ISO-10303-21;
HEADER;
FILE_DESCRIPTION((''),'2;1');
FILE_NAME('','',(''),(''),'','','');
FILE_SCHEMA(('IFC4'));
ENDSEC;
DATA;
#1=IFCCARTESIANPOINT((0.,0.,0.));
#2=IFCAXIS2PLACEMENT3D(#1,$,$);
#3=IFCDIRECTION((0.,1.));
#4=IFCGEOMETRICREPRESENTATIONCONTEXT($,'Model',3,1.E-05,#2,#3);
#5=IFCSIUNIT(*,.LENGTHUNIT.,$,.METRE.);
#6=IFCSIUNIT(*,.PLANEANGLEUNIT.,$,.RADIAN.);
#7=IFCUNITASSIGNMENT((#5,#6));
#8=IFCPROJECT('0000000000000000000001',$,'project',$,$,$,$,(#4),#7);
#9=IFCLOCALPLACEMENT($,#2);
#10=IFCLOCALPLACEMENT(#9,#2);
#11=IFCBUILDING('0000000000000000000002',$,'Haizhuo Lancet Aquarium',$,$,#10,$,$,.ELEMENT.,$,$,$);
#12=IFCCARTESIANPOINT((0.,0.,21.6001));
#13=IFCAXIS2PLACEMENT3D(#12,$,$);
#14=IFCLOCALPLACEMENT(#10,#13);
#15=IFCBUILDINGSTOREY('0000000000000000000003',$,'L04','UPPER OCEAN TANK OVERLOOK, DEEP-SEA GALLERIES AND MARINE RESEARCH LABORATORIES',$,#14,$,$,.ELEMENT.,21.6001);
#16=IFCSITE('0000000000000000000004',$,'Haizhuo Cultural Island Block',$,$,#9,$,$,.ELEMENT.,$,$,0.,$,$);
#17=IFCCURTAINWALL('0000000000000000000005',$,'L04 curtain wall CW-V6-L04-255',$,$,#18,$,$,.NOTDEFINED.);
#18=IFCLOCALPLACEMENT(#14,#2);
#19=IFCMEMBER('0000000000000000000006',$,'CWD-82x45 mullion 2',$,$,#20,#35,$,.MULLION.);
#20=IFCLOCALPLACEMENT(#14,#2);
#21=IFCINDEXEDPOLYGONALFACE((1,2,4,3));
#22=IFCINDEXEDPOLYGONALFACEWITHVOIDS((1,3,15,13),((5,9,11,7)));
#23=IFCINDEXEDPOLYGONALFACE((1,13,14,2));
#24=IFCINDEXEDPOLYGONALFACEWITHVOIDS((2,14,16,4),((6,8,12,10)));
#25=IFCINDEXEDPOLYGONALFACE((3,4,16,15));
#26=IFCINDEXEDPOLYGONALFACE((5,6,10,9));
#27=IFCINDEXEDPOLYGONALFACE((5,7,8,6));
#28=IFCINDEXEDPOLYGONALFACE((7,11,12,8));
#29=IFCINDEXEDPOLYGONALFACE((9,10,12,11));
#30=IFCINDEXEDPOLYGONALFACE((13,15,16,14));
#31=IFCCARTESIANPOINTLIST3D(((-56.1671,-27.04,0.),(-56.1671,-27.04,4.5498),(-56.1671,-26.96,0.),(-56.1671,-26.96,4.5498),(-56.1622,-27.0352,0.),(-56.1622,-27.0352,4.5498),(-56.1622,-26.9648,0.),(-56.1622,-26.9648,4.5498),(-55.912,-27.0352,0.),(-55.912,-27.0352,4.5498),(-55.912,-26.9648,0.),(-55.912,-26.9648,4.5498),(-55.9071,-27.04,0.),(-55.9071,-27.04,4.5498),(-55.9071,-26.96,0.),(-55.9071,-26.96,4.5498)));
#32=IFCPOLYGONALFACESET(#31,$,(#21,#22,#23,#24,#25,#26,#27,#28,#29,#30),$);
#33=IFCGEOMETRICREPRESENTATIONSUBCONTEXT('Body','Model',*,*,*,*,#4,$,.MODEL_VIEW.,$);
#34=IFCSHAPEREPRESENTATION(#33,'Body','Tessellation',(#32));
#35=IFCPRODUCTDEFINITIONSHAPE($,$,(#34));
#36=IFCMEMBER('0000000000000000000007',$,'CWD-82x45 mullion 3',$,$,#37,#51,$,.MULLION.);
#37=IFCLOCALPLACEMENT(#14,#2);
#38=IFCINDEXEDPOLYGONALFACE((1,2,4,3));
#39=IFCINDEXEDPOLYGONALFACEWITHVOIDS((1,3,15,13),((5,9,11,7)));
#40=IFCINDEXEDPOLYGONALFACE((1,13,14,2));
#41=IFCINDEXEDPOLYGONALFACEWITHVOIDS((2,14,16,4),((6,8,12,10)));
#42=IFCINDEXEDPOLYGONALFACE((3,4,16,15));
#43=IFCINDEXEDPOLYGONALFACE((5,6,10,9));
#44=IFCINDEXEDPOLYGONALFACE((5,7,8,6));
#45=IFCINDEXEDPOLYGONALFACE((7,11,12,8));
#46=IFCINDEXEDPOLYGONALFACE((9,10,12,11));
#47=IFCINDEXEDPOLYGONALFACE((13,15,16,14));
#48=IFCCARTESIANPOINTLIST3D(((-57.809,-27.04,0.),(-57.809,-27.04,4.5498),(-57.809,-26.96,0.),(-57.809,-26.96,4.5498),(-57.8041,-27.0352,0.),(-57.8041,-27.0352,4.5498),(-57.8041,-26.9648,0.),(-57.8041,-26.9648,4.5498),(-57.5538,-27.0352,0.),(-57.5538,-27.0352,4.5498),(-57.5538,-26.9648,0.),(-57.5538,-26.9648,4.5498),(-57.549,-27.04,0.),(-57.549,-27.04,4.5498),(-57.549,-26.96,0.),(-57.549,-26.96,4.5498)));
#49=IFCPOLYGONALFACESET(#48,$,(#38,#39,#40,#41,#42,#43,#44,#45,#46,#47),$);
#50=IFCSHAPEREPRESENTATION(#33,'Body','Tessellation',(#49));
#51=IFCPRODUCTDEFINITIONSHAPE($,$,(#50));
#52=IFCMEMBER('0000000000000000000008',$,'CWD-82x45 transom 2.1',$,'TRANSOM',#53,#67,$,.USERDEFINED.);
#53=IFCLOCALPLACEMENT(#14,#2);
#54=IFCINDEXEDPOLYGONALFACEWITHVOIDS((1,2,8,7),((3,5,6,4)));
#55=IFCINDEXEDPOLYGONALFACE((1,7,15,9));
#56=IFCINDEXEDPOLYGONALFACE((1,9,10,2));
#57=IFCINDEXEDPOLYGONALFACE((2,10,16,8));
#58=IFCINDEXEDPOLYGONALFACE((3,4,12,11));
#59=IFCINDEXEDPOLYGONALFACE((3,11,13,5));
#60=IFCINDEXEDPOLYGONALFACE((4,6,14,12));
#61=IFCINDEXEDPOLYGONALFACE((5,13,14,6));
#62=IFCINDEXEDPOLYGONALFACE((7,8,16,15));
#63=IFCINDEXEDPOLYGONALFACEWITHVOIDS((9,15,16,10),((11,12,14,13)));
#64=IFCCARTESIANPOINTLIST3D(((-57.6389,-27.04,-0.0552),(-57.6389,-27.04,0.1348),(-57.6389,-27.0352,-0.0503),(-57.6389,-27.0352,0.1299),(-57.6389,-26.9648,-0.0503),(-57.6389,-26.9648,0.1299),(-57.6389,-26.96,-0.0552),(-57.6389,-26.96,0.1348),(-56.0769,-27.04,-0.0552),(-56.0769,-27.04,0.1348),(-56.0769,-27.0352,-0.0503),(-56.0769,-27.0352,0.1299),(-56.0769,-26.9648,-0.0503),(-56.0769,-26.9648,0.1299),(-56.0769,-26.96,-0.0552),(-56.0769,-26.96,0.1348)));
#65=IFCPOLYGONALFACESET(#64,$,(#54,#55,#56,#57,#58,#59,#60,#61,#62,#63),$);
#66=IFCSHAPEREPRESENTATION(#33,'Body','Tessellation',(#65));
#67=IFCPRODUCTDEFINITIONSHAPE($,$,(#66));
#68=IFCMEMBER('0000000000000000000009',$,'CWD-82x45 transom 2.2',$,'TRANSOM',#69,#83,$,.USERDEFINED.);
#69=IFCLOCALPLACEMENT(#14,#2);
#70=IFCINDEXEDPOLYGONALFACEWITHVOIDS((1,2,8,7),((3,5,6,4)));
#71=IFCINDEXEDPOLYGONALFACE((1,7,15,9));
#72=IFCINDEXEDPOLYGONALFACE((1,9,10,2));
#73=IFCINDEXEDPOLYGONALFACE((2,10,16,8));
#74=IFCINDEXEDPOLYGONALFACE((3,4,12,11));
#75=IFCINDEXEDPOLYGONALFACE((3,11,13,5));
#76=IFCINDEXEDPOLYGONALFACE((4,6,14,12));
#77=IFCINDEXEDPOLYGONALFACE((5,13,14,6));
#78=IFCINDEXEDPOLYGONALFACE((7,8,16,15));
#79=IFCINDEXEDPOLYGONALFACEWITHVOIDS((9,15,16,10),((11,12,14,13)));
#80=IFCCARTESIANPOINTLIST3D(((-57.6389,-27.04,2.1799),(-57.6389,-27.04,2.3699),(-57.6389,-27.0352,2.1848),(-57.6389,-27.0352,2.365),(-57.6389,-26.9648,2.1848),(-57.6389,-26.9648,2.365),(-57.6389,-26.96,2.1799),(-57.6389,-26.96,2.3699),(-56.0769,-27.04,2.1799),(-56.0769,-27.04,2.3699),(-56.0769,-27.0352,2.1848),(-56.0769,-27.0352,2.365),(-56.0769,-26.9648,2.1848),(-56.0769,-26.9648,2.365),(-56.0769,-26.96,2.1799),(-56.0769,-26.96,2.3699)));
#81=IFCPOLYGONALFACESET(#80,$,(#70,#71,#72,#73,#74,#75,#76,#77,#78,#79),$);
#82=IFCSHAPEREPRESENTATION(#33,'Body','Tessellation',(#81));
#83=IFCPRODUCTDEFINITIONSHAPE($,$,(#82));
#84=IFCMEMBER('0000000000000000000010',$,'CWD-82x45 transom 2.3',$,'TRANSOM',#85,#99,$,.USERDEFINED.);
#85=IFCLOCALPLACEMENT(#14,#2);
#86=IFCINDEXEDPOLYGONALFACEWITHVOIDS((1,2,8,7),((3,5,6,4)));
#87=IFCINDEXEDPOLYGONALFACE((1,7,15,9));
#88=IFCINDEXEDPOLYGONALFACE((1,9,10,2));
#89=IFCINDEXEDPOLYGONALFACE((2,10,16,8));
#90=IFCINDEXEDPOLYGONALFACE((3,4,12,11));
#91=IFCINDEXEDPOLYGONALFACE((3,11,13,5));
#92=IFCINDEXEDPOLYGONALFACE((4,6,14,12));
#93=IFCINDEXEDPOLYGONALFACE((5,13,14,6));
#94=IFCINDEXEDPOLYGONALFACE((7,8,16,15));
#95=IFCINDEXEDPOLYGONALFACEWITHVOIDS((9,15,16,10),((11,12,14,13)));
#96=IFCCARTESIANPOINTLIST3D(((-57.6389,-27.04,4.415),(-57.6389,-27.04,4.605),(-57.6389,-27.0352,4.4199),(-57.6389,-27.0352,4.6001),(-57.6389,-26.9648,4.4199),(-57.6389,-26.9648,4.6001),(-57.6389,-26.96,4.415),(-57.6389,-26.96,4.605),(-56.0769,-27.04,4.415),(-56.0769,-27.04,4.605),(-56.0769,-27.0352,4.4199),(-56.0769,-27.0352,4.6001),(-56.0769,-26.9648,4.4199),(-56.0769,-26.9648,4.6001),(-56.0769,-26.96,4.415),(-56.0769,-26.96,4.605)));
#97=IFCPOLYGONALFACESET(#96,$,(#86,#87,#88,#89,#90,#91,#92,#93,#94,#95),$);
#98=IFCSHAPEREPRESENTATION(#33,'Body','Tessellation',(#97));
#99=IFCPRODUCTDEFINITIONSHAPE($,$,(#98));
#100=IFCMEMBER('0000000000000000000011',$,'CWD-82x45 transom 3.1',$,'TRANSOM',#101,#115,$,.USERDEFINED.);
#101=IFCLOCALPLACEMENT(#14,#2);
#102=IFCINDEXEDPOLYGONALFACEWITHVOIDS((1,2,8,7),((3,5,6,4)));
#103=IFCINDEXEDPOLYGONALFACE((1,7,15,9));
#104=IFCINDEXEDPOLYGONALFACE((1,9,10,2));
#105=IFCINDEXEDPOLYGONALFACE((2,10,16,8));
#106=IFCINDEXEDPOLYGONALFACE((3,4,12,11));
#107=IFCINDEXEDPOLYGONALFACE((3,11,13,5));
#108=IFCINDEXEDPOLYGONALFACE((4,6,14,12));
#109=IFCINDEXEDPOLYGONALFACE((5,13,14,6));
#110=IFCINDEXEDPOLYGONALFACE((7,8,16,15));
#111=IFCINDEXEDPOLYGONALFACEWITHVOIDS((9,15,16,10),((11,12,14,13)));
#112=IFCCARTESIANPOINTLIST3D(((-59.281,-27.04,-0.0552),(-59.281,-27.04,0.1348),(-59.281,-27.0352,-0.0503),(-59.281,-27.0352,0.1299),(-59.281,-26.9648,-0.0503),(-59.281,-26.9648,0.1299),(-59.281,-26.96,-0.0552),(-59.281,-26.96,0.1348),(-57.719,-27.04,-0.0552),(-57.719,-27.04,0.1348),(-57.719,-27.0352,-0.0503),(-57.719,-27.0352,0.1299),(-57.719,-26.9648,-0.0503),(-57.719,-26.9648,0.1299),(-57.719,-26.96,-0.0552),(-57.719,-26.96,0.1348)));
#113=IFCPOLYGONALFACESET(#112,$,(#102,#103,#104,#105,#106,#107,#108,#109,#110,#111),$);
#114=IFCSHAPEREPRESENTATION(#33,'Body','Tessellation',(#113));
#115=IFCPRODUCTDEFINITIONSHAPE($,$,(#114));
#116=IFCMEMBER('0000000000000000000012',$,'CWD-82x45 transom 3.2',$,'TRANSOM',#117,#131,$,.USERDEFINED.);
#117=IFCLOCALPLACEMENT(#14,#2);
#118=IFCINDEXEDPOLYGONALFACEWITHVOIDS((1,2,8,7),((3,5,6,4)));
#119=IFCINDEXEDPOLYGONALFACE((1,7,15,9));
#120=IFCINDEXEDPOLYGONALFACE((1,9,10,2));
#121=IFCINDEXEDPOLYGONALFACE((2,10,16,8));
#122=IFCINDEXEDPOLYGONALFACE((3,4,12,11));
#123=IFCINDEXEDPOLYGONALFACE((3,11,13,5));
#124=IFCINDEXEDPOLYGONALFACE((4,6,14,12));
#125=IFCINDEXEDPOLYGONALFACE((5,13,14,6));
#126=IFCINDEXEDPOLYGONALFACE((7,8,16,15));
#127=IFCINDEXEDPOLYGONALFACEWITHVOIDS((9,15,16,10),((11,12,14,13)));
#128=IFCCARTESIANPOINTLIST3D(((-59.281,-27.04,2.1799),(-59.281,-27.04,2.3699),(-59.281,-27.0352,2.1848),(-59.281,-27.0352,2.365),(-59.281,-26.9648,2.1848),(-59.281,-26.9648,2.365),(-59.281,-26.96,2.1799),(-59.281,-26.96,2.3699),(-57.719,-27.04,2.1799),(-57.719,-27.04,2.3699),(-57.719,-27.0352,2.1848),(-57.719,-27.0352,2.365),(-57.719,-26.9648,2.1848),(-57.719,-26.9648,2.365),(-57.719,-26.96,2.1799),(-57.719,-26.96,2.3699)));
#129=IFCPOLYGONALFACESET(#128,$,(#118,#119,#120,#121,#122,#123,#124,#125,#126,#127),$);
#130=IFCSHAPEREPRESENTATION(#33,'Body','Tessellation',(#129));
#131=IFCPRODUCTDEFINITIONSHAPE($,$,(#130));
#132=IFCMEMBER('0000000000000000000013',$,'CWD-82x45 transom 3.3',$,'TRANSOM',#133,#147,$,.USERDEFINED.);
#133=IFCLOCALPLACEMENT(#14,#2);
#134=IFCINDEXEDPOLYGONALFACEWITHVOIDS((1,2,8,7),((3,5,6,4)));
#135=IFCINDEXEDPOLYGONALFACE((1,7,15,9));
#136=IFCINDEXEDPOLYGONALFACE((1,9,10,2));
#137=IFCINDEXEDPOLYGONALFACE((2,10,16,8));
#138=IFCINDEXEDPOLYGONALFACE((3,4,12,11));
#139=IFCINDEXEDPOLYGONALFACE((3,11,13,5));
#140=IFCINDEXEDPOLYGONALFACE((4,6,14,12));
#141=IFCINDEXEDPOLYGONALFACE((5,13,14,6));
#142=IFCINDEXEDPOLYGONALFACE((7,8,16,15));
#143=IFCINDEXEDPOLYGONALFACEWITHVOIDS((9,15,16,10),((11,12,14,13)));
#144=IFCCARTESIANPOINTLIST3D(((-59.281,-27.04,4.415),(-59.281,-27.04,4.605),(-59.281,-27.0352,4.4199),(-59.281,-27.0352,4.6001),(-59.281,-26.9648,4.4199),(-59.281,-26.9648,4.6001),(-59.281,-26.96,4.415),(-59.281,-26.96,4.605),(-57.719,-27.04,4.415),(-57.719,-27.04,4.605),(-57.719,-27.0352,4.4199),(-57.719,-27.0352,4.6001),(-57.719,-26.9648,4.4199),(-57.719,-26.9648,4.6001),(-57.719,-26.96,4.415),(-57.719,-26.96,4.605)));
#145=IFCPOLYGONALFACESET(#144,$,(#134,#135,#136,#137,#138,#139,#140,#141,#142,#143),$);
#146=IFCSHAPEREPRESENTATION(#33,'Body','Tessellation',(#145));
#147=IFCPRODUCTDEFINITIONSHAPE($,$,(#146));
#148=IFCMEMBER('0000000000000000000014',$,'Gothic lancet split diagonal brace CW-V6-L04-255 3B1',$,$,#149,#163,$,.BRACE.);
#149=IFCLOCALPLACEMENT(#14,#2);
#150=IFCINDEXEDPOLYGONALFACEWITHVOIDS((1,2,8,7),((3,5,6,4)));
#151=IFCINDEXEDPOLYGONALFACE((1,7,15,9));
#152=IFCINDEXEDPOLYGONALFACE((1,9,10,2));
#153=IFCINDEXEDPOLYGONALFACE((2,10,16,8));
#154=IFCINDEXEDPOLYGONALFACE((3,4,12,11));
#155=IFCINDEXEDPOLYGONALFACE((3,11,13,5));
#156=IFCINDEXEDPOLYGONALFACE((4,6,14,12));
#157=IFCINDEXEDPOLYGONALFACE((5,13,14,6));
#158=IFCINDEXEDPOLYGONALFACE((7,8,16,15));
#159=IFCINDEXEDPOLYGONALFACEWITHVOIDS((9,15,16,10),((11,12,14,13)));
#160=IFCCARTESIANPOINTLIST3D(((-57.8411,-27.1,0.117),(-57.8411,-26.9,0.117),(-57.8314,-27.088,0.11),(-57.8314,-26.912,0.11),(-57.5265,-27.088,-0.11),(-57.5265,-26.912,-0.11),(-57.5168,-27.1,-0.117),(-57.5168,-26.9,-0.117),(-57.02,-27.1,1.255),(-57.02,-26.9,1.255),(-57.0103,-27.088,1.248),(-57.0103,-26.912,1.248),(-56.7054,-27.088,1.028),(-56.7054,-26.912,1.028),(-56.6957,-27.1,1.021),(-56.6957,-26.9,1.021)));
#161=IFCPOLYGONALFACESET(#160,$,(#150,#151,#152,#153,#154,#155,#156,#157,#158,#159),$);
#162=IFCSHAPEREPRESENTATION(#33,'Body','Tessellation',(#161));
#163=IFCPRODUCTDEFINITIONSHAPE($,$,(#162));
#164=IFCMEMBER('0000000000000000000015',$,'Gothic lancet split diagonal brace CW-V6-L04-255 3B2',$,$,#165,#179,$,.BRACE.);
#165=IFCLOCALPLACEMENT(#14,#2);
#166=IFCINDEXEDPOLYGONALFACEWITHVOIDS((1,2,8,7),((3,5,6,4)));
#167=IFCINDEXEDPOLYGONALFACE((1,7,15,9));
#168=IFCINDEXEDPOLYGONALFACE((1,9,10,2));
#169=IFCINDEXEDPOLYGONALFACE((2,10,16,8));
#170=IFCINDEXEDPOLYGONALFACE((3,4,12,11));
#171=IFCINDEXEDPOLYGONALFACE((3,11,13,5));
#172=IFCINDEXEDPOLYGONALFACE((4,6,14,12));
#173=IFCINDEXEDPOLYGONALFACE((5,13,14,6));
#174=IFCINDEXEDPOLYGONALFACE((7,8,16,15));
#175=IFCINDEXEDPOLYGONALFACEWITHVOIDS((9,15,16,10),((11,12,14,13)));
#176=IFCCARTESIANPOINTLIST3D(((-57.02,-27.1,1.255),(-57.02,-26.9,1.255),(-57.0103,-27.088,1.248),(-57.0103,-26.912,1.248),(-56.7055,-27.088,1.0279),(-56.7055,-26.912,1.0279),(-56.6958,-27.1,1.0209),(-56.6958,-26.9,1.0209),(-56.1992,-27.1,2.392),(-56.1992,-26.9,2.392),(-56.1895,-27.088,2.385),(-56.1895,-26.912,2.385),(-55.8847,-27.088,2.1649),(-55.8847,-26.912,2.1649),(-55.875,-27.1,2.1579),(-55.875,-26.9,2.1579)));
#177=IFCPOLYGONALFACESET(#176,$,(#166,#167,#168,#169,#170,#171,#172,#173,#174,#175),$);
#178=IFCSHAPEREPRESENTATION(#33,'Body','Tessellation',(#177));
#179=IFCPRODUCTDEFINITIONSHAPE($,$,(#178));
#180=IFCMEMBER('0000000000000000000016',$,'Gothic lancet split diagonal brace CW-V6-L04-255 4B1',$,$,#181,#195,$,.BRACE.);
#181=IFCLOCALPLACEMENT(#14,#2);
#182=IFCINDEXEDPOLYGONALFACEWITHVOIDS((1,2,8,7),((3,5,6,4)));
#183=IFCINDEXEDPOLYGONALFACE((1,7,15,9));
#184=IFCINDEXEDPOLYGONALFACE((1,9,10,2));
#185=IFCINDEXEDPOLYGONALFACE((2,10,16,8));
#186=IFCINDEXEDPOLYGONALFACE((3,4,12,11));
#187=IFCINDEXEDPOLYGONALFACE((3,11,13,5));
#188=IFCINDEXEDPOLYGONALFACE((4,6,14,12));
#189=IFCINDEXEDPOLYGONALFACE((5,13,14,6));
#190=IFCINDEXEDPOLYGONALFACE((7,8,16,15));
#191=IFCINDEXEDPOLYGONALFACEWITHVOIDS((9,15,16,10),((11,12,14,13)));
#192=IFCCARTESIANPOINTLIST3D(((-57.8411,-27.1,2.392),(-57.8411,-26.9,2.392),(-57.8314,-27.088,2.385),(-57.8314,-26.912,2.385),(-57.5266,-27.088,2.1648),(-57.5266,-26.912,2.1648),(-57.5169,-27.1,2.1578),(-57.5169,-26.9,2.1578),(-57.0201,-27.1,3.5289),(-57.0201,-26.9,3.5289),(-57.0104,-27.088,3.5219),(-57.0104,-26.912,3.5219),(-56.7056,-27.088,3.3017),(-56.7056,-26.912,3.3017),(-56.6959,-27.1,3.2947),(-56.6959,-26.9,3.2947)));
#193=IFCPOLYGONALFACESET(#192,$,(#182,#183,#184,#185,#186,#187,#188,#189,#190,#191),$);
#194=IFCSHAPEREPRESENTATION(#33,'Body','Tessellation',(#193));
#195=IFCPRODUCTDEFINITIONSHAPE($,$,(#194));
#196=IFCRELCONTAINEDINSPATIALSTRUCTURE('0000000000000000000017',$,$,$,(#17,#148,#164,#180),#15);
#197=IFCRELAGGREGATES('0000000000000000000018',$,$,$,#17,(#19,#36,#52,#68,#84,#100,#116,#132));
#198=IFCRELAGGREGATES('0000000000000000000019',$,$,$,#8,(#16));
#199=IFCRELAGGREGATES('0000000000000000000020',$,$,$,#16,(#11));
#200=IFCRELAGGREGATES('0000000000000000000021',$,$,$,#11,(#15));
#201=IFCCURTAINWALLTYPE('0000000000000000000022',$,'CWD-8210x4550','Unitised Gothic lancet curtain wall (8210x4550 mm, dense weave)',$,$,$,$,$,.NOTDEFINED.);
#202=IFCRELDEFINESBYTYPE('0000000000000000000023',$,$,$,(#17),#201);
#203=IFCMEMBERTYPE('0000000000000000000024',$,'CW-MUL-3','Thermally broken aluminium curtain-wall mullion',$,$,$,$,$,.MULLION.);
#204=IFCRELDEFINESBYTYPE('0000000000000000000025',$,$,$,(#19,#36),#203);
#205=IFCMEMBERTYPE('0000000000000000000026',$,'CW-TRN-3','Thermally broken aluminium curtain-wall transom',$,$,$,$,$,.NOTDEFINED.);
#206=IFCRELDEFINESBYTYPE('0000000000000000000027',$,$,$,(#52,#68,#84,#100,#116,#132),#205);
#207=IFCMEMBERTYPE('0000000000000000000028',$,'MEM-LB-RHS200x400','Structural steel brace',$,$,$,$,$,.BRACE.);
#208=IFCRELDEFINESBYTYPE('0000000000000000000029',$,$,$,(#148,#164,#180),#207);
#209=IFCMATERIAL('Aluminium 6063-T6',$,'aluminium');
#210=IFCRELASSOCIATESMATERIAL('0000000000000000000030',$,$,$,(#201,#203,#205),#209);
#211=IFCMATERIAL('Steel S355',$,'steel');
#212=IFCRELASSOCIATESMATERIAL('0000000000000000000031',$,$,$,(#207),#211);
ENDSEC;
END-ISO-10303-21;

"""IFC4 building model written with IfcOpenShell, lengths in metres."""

from ifc_helpers import new_model, si_unit, direction, frame, origin, origin_2d, place, context, subcontext, project, spatial, hollow_rectangle, extrude, material, material_profile, profile_set, type_object, element, aggregate, save


model = new_model("IFC4")

# Units and contexts
model_context = context("Model", 3, precision=1e-05, world=origin(), true_north=direction((0.0, 1.0)))
body_context = subcontext(model_context, "Body", "Model", "MODEL_VIEW")
ifc_project = project(units=[si_unit("LENGTHUNIT", "METRE"), si_unit("PLANEANGLEUNIT", "RADIAN")], contexts=[model_context])

# Site, building, storey
site_placement = place(None, origin())
site = spatial("IfcSite", under=ifc_project, at=site_placement, Name="Haizhuo Cultural Island Block", CompositionType="ELEMENT", RefElevation=0.0)
building_placement = place(site_placement, origin())
building = spatial("IfcBuilding", under=site, at=building_placement, Name="Haizhuo Lancet Aquarium", CompositionType="ELEMENT")
storey_placement = place(building_placement, frame((0.0, 0.0, 21.6001)))
storey = spatial("IfcBuildingStorey", under=building, at=storey_placement, Name="L04", Description="UPPER OCEAN TANK OVERLOOK, DEEP-SEA GALLERIES AND MARINE RESEARCH LABORATORIES", CompositionType="ELEMENT", Elevation=21.6001)

# Curtain wall, members
ifc_material_1 = material(Name="Aluminium 6063-T6", Category="aluminium")
curtain_wall_type = type_object("IfcCurtainWallType", Name="CWD-8210x4550", Description="Unitised Gothic lancet curtain wall (8210x4550 mm, dense weave)", PredefinedType="NOTDEFINED", material=ifc_material_1)
curtain_wall_placement = place(storey_placement, origin())
curtain_wall = element("IfcCurtainWall", 1, at=curtain_wall_placement, inside=storey, type_object=curtain_wall_type, Name="L04 curtain wall CW-V6-L04-255", PredefinedType="NOTDEFINED")
ifc_material_profile_1 = material_profile(ifc_material_1, hollow_rectangle(XDim=0.0801, YDim=0.26, WallThickness=0.0049, at=origin_2d()), Name="ALU-M 80x260x5")
ifc_profile_set_1 = profile_set([ifc_material_profile_1], Name="Aluminium 6063-T6")
member_type_1 = type_object("IfcMemberType", Name="CW-MUL-3", Description="Thermally broken aluminium curtain-wall mullion", PredefinedType="MULLION", material=ifc_profile_set_1)
member_1_placement = place(storey_placement, frame((-56.0371, -27.0, 0.0), z_axis=(0.0, 0.0, 1.0), x_axis=(0.0, -1.0, 0.0)))
member_1 = element("IfcMember", 2, at=member_1_placement, type_object=member_type_1, Name="CWD-82x45 mullion 2", PredefinedType="MULLION", context=body_context, shape_type="SweptSolid", body=[
    extrude(hollow_rectangle(XDim=0.0801, YDim=0.26, WallThickness=0.0049, at=origin_2d()), origin(), (0.0, 0.0, 1.0), 4.5498),
])
member_2_placement = place(storey_placement, frame((-57.679, -27.0, 0.0), z_axis=(0.0, 0.0, 1.0), x_axis=(0.0, -1.0, 0.0)))
member_2 = element("IfcMember", 3, at=member_2_placement, type_object=member_type_1, Name="CWD-82x45 mullion 3", PredefinedType="MULLION", context=body_context, shape_type="SweptSolid", body=[
    extrude(hollow_rectangle(XDim=0.0801, YDim=0.26, WallThickness=0.0049, at=origin_2d()), origin(), (0.0, 0.0, 1.0), 4.5498),
])
ifc_material_profile_2 = material_profile(ifc_material_1, hollow_rectangle(XDim=0.0801, YDim=0.1899, WallThickness=0.0049, at=origin_2d()), Name="ALU-T 80x190x5")
ifc_profile_set_2 = profile_set([ifc_material_profile_2], Name="Aluminium 6063-T6")
member_type_2 = type_object("IfcMemberType", Name="CW-TRN-3", Description="Thermally broken aluminium curtain-wall transom", PredefinedType="NOTDEFINED", material=ifc_profile_set_2)
member_3_placement = place(storey_placement, frame((-56.0769, -27.0, 0.0398), z_axis=(-1.0, 0.0, 0.0), x_axis=(0.0, -1.0, 0.0)))
member_3 = element("IfcMember", 4, at=member_3_placement, type_object=member_type_2, Name="CWD-82x45 transom 2.1", ObjectType="TRANSOM", PredefinedType="USERDEFINED", context=body_context, shape_type="SweptSolid", body=[
    extrude(hollow_rectangle(XDim=0.0801, YDim=0.1899, WallThickness=0.0049, at=origin_2d()), origin(), (0.0, 0.0, 1.0), 1.562),
])
member_4_placement = place(storey_placement, frame((-56.0769, -27.0, 2.2749), z_axis=(-1.0, 0.0, 0.0), x_axis=(0.0, -1.0, 0.0)))
member_4 = element("IfcMember", 5, at=member_4_placement, type_object=member_type_2, Name="CWD-82x45 transom 2.2", ObjectType="TRANSOM", PredefinedType="USERDEFINED", context=body_context, shape_type="SweptSolid", body=[
    extrude(hollow_rectangle(XDim=0.0801, YDim=0.1899, WallThickness=0.0049, at=origin_2d()), origin(), (0.0, 0.0, 1.0), 1.562),
])
member_5_placement = place(storey_placement, frame((-56.0769, -27.0, 4.51), z_axis=(-1.0, 0.0, 0.0), x_axis=(0.0, -1.0, 0.0)))
member_5 = element("IfcMember", 6, at=member_5_placement, type_object=member_type_2, Name="CWD-82x45 transom 2.3", ObjectType="TRANSOM", PredefinedType="USERDEFINED", context=body_context, shape_type="SweptSolid", body=[
    extrude(hollow_rectangle(XDim=0.0801, YDim=0.1899, WallThickness=0.0049, at=origin_2d()), origin(), (0.0, 0.0, 1.0), 1.562),
])
member_6_placement = place(storey_placement, frame((-57.719, -27.0, 0.0398), z_axis=(-1.0, 0.0, 0.0), x_axis=(0.0, -1.0, 0.0)))
member_6 = element("IfcMember", 7, at=member_6_placement, type_object=member_type_2, Name="CWD-82x45 transom 3.1", ObjectType="TRANSOM", PredefinedType="USERDEFINED", context=body_context, shape_type="SweptSolid", body=[
    extrude(hollow_rectangle(XDim=0.0801, YDim=0.1899, WallThickness=0.0049, at=origin_2d()), origin(), (0.0, 0.0, 1.0), 1.562),
])
member_7_placement = place(storey_placement, frame((-57.719, -27.0, 2.2749), z_axis=(-1.0, 0.0, 0.0), x_axis=(0.0, -1.0, 0.0)))
member_7 = element("IfcMember", 8, at=member_7_placement, type_object=member_type_2, Name="CWD-82x45 transom 3.2", ObjectType="TRANSOM", PredefinedType="USERDEFINED", context=body_context, shape_type="SweptSolid", body=[
    extrude(hollow_rectangle(XDim=0.0801, YDim=0.1899, WallThickness=0.0049, at=origin_2d()), origin(), (0.0, 0.0, 1.0), 1.562),
])
member_8_placement = place(storey_placement, frame((-57.719, -27.0, 4.51), z_axis=(-1.0, 0.0, 0.0), x_axis=(0.0, -1.0, 0.0)))
member_8 = element("IfcMember", 9, at=member_8_placement, type_object=member_type_2, Name="CWD-82x45 transom 3.3", ObjectType="TRANSOM", PredefinedType="USERDEFINED", context=body_context, shape_type="SweptSolid", body=[
    extrude(hollow_rectangle(XDim=0.0801, YDim=0.1899, WallThickness=0.0049, at=origin_2d()), origin(), (0.0, 0.0, 1.0), 1.562),
])

# Members
ifc_material_2 = material(Name="Steel S355", Category="steel")
ifc_material_profile_3 = material_profile(ifc_material_2, hollow_rectangle(XDim=0.2, YDim=0.3999, WallThickness=0.012, at=origin_2d()), Name="RHS 200x400x12")
ifc_profile_set_3 = profile_set([ifc_material_profile_3], Name="Steel S355")
member_type_3 = type_object("IfcMemberType", Name="MEM-LB-RHS200x400", Description="Structural steel brace", PredefinedType="BRACE", material=ifc_profile_set_3)
member_9_placement = place(storey_placement, frame((-57.679, -27.0, 0.0), z_axis=(0.585116, 0.0, 0.81095), x_axis=(0.0, 1.0, 0.0)))
element("IfcMember", 10, at=member_9_placement, inside=storey, type_object=member_type_3, Name="Gothic lancet split diagonal brace CW-V6-L04-255 3B1", PredefinedType="BRACE", context=body_context, shape_type="SweptSolid", body=[
    extrude(hollow_rectangle(XDim=0.2, YDim=0.3999, WallThickness=0.012, at=origin_2d()), origin(), (0.0, 0.0, 1.0), 1.4033),
])
for number, where, z_axis, x_axis, name in (
    (11, (-56.8579, -27.0, 1.1379), (0.585332, 0.0, 0.810794), (0.0, 1.0, 0.0), "Gothic lancet split diagonal brace CW-V6-L04-255 3B2"),
    (12, (-57.679, -27.0, 2.2749), (0.585446, 0.0, 0.810711), (0.0, 1.0, 0.0), "Gothic lancet split diagonal brace CW-V6-L04-255 4B1"),
):
    element("IfcMember", number, at=place(storey_placement, frame(where, z_axis=z_axis, x_axis=x_axis)), inside=storey, type_object=member_type_3, Name=name, PredefinedType="BRACE", context=body_context, shape_type="SweptSolid", body=[
        extrude(hollow_rectangle(XDim=0.2, YDim=0.3999, WallThickness=0.012, at=origin_2d()), origin(), (0.0, 0.0, 1.0), 1.4023),
    ])

aggregate(curtain_wall, [member_1, member_2, member_3, member_4, member_5, member_6, member_7, member_8])

save(model, "model.ifc")
